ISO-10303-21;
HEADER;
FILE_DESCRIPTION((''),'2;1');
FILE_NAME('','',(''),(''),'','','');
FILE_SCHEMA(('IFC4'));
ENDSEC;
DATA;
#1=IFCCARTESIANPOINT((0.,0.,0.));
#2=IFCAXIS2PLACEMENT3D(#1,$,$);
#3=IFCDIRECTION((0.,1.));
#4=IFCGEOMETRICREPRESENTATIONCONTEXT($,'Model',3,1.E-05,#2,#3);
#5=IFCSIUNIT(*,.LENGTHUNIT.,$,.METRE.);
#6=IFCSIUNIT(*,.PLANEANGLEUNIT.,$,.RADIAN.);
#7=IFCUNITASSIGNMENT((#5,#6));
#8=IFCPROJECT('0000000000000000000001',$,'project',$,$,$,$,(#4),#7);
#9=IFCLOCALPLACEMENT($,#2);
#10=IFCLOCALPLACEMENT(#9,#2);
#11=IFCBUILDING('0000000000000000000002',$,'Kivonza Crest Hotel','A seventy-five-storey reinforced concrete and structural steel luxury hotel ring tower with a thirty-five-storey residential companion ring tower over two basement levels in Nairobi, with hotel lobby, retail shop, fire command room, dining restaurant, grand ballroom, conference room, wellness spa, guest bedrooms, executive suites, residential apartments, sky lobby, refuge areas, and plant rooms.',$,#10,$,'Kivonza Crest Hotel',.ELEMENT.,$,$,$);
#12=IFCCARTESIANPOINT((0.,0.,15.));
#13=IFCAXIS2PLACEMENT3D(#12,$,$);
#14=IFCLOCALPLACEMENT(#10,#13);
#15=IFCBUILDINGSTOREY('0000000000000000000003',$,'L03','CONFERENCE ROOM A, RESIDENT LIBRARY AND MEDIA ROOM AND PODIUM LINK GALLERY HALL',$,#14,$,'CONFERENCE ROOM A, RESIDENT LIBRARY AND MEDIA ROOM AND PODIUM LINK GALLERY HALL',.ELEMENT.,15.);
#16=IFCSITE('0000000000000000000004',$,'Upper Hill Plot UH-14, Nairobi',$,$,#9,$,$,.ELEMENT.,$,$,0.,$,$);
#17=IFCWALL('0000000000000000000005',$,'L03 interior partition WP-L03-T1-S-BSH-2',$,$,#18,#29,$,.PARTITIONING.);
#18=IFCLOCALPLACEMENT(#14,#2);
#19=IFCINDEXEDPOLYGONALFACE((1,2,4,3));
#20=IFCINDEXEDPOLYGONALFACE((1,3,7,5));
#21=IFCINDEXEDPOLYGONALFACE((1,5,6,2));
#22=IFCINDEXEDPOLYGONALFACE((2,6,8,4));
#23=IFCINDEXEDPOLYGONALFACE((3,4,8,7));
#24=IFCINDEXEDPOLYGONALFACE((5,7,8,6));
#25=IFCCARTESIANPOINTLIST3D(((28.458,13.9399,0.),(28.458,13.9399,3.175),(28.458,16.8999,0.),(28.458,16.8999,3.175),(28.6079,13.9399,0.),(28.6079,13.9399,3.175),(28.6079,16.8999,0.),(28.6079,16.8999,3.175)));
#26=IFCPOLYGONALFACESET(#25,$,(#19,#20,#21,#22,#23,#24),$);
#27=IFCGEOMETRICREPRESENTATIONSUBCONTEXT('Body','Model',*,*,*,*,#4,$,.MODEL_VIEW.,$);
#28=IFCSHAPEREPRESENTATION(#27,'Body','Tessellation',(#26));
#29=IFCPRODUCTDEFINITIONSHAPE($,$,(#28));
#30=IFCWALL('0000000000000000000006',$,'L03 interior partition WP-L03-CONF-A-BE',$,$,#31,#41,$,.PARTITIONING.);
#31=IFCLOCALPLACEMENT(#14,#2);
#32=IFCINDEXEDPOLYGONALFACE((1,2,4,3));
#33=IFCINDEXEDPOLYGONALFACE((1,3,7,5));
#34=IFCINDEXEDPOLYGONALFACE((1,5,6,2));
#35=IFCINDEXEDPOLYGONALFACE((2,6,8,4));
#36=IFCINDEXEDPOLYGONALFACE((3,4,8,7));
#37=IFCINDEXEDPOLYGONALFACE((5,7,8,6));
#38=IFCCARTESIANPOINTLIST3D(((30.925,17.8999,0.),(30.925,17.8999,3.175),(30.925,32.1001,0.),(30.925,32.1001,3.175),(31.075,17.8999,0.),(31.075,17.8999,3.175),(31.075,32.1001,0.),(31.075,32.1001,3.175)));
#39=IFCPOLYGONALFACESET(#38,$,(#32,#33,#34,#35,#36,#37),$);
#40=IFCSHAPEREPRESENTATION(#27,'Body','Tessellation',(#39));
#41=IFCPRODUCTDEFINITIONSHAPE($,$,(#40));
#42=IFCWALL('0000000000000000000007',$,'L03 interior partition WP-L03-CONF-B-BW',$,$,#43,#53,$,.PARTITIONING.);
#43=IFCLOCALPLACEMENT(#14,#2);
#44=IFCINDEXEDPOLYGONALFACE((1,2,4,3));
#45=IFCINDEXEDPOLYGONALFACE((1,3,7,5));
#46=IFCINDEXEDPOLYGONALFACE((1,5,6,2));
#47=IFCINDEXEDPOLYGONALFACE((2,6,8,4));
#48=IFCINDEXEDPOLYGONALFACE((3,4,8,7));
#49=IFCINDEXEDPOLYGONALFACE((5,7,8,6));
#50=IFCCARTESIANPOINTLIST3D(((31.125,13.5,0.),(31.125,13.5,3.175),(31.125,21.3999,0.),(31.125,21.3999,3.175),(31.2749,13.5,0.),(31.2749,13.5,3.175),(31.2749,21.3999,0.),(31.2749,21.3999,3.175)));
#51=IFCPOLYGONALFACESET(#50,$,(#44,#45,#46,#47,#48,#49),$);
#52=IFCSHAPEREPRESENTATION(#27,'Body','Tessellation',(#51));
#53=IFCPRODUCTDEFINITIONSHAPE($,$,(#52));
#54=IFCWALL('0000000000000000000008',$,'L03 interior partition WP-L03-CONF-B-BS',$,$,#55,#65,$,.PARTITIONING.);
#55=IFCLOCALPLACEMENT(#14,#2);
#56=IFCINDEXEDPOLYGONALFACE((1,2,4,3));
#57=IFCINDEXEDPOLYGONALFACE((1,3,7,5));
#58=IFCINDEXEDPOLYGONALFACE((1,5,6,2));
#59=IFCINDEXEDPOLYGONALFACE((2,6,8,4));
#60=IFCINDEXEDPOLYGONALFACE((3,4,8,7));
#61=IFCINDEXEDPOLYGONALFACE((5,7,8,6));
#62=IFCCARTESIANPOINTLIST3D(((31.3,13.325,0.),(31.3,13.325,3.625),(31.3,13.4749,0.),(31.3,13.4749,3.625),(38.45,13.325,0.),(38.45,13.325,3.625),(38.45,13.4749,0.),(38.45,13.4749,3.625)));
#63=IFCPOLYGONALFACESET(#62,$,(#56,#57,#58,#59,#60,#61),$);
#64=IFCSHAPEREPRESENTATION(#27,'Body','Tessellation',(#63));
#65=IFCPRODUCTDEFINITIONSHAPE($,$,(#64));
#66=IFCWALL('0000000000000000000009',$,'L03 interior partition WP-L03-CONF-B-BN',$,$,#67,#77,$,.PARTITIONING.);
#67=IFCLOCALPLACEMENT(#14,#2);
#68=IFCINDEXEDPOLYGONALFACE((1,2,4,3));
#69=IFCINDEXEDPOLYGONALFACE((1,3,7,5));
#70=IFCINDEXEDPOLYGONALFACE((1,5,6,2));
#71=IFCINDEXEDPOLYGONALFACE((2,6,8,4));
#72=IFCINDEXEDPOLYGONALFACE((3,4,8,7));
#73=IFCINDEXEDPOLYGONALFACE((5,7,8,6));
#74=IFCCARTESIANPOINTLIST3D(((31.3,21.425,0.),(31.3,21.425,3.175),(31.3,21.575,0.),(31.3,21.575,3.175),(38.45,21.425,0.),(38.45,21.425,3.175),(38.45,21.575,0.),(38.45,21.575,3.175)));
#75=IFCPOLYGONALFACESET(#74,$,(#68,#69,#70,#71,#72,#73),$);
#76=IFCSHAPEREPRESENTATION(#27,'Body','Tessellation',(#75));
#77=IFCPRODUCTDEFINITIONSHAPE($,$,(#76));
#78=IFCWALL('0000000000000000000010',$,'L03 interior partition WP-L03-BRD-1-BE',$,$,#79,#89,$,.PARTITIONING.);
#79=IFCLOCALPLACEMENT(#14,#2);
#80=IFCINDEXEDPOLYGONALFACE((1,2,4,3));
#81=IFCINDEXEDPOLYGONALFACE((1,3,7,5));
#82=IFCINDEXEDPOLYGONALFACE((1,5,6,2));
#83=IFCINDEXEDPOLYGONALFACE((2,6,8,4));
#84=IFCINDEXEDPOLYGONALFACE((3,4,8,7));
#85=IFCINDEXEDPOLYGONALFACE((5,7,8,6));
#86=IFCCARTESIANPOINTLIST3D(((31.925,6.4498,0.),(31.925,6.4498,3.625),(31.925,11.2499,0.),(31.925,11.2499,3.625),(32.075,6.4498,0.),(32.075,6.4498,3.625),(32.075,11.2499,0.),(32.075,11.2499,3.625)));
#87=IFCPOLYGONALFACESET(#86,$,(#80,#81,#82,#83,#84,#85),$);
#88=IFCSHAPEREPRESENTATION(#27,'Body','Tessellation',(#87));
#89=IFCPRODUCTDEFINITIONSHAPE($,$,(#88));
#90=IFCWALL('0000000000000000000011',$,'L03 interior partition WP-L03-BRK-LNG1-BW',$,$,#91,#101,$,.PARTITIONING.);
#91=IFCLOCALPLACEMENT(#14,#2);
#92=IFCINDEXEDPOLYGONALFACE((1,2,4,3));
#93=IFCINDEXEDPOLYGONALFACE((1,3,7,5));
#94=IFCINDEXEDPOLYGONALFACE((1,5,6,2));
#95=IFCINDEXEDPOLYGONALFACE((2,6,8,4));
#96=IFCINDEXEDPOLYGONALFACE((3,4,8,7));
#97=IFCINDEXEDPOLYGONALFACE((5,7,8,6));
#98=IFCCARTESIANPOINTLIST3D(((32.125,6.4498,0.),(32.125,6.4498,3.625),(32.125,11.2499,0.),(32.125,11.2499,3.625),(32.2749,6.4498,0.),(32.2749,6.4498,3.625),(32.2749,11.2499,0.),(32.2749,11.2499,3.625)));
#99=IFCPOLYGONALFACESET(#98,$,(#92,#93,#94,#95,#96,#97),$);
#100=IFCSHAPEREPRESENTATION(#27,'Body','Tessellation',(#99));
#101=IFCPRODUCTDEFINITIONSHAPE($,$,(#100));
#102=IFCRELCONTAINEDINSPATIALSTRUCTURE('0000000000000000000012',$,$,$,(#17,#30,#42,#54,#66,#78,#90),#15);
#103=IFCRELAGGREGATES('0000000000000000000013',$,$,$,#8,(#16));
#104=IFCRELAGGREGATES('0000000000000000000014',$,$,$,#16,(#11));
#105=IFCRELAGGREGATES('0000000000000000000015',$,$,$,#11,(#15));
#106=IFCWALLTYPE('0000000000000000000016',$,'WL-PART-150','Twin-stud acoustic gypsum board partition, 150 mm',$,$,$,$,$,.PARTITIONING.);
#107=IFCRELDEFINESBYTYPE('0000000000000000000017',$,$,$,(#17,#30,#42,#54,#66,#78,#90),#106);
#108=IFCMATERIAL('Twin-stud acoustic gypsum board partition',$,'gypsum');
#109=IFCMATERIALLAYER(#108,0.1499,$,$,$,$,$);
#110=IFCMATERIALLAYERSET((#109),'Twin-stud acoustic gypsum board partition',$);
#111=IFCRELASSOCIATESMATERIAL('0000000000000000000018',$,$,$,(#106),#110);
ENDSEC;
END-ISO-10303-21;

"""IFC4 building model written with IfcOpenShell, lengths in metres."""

from ifc_helpers import new_model, si_unit, direction, frame, frame_2d, origin, place, context, subcontext, project, spatial, rectangle, extrude, material, layer, layer_set, type_object, element, save


model = new_model("IFC4")

# Units and contexts
model_context = context("Model", 3, precision=1e-05, world=origin(), true_north=direction((0.0, 1.0)))
body_context = subcontext(model_context, "Body", "Model", "MODEL_VIEW")
ifc_project = project(units=[si_unit("LENGTHUNIT", "METRE"), si_unit("PLANEANGLEUNIT", "RADIAN")], contexts=[model_context])

# Site, building, storey
site_placement = place(None, origin())
site = spatial("IfcSite", under=ifc_project, at=site_placement, Name="Upper Hill Plot UH-14, Nairobi", CompositionType="ELEMENT", RefElevation=0.0)
building_placement = place(site_placement, origin())
building = spatial("IfcBuilding", under=site, at=building_placement, Name="Kivonza Crest Hotel", Description="A seventy-five-storey reinforced concrete and structural steel luxury hotel ring tower with a thirty-five-storey residential companion ring tower over two basement levels in Nairobi, with hotel lobby, retail shop, fire command room, dining restaurant, grand ballroom, conference room, wellness spa, guest bedrooms, executive suites, residential apartments, sky lobby, refuge areas, and plant rooms.", LongName="Kivonza Crest Hotel", CompositionType="ELEMENT")
storey_placement = place(building_placement, frame((0.0, 0.0, 15.0)))
storey = spatial("IfcBuildingStorey", under=building, at=storey_placement, Name="L03", Description="CONFERENCE ROOM A, RESIDENT LIBRARY AND MEDIA ROOM AND PODIUM LINK GALLERY HALL", LongName="CONFERENCE ROOM A, RESIDENT LIBRARY AND MEDIA ROOM AND PODIUM LINK GALLERY HALL", CompositionType="ELEMENT", Elevation=15.0)

# Walls
ifc_material_1 = material(Name="Twin-stud acoustic gypsum board partition", Category="gypsum")
ifc_layer_1 = layer(ifc_material_1, 0.1499)
ifc_layer_set_1 = layer_set([ifc_layer_1], Name="Twin-stud acoustic gypsum board partition")
wall_type_1 = type_object("IfcWallType", Name="WL-PART-150", Description="Twin-stud acoustic gypsum board partition, 150 mm", PredefinedType="PARTITIONING", material=ifc_layer_set_1)
wall_1_placement = place(storey_placement, frame((28.533, 13.9399, 0.0), z_axis=(0.0, 0.0, 1.0), x_axis=(0.0, 1.0, 0.0)))
element("IfcWall", 1, at=wall_1_placement, inside=storey, type_object=wall_type_1, Name="L03 interior partition WP-L03-T1-S-BSH-2", PredefinedType="PARTITIONING", context=body_context, shape_type="SweptSolid", body=[
    extrude(rectangle(XDim=2.96, YDim=0.1499, at=frame_2d((1.48, 0.0))), origin(), (0.0, 0.0, 1.0), 3.175),
])
wall_2_placement = place(storey_placement, frame((31.0, 17.8999, 0.0), z_axis=(0.0, 0.0, 1.0), x_axis=(0.0, 1.0, 0.0)))
element("IfcWall", 2, at=wall_2_placement, inside=storey, type_object=wall_type_1, Name="L03 interior partition WP-L03-CONF-A-BE", PredefinedType="PARTITIONING", context=body_context, shape_type="SweptSolid", body=[
    extrude(rectangle(XDim=14.2002, YDim=0.1499, at=frame_2d((7.1001, 0.0))), origin(), (0.0, 0.0, 1.0), 3.175),
])
wall_3_placement = place(storey_placement, frame((31.2, 13.5, 0.0), z_axis=(0.0, 0.0, 1.0), x_axis=(0.0, 1.0, 0.0)))
element("IfcWall", 3, at=wall_3_placement, inside=storey, type_object=wall_type_1, Name="L03 interior partition WP-L03-CONF-B-BW", PredefinedType="PARTITIONING", context=body_context, shape_type="SweptSolid", body=[
    extrude(rectangle(XDim=7.8999, YDim=0.1499, at=frame_2d((3.95, 0.0))), origin(), (0.0, 0.0, 1.0), 3.175),
])
wall_4_placement = place(storey_placement, frame((31.3, 13.3999, 0.0), z_axis=(0.0, 0.0, 1.0), x_axis=(1.0, 0.0, 0.0)))
element("IfcWall", 4, at=wall_4_placement, inside=storey, type_object=wall_type_1, Name="L03 interior partition WP-L03-CONF-B-BS", PredefinedType="PARTITIONING", context=body_context, shape_type="SweptSolid", body=[
    extrude(rectangle(XDim=7.1499, YDim=0.1499, at=frame_2d((3.575, 0.0))), origin(), (0.0, 0.0, 1.0), 3.625),
])
wall_5_placement = place(storey_placement, frame((31.3, 21.5, 0.0), z_axis=(0.0, 0.0, 1.0), x_axis=(1.0, 0.0, 0.0)))
element("IfcWall", 5, at=wall_5_placement, inside=storey, type_object=wall_type_1, Name="L03 interior partition WP-L03-CONF-B-BN", PredefinedType="PARTITIONING", context=body_context, shape_type="SweptSolid", body=[
    extrude(rectangle(XDim=7.1499, YDim=0.1499, at=frame_2d((3.575, 0.0))), origin(), (0.0, 0.0, 1.0), 3.175),
])
for number, where, z_axis, x_axis, name in (
    (6, (32.0, 6.45, 0.0), (0.0, 0.0, 1.0), (0.0, 1.0, 0.0), "L03 interior partition WP-L03-BRD-1-BE"),
    (7, (32.2, 6.45, 0.0), (0.0, 0.0, 1.0), (0.0, 1.0, 0.0), "L03 interior partition WP-L03-BRK-LNG1-BW"),
):
    element("IfcWall", number, at=place(storey_placement, frame(where, z_axis=z_axis, x_axis=x_axis)), inside=storey, type_object=wall_type_1, Name=name, PredefinedType="PARTITIONING", context=body_context, shape_type="SweptSolid", body=[
        extrude(rectangle(XDim=4.8, YDim=0.1499, at=frame_2d((2.3999, 0.0))), origin(), (0.0, 0.0, 1.0), 3.625),
    ])

save(model, "model.ifc")
